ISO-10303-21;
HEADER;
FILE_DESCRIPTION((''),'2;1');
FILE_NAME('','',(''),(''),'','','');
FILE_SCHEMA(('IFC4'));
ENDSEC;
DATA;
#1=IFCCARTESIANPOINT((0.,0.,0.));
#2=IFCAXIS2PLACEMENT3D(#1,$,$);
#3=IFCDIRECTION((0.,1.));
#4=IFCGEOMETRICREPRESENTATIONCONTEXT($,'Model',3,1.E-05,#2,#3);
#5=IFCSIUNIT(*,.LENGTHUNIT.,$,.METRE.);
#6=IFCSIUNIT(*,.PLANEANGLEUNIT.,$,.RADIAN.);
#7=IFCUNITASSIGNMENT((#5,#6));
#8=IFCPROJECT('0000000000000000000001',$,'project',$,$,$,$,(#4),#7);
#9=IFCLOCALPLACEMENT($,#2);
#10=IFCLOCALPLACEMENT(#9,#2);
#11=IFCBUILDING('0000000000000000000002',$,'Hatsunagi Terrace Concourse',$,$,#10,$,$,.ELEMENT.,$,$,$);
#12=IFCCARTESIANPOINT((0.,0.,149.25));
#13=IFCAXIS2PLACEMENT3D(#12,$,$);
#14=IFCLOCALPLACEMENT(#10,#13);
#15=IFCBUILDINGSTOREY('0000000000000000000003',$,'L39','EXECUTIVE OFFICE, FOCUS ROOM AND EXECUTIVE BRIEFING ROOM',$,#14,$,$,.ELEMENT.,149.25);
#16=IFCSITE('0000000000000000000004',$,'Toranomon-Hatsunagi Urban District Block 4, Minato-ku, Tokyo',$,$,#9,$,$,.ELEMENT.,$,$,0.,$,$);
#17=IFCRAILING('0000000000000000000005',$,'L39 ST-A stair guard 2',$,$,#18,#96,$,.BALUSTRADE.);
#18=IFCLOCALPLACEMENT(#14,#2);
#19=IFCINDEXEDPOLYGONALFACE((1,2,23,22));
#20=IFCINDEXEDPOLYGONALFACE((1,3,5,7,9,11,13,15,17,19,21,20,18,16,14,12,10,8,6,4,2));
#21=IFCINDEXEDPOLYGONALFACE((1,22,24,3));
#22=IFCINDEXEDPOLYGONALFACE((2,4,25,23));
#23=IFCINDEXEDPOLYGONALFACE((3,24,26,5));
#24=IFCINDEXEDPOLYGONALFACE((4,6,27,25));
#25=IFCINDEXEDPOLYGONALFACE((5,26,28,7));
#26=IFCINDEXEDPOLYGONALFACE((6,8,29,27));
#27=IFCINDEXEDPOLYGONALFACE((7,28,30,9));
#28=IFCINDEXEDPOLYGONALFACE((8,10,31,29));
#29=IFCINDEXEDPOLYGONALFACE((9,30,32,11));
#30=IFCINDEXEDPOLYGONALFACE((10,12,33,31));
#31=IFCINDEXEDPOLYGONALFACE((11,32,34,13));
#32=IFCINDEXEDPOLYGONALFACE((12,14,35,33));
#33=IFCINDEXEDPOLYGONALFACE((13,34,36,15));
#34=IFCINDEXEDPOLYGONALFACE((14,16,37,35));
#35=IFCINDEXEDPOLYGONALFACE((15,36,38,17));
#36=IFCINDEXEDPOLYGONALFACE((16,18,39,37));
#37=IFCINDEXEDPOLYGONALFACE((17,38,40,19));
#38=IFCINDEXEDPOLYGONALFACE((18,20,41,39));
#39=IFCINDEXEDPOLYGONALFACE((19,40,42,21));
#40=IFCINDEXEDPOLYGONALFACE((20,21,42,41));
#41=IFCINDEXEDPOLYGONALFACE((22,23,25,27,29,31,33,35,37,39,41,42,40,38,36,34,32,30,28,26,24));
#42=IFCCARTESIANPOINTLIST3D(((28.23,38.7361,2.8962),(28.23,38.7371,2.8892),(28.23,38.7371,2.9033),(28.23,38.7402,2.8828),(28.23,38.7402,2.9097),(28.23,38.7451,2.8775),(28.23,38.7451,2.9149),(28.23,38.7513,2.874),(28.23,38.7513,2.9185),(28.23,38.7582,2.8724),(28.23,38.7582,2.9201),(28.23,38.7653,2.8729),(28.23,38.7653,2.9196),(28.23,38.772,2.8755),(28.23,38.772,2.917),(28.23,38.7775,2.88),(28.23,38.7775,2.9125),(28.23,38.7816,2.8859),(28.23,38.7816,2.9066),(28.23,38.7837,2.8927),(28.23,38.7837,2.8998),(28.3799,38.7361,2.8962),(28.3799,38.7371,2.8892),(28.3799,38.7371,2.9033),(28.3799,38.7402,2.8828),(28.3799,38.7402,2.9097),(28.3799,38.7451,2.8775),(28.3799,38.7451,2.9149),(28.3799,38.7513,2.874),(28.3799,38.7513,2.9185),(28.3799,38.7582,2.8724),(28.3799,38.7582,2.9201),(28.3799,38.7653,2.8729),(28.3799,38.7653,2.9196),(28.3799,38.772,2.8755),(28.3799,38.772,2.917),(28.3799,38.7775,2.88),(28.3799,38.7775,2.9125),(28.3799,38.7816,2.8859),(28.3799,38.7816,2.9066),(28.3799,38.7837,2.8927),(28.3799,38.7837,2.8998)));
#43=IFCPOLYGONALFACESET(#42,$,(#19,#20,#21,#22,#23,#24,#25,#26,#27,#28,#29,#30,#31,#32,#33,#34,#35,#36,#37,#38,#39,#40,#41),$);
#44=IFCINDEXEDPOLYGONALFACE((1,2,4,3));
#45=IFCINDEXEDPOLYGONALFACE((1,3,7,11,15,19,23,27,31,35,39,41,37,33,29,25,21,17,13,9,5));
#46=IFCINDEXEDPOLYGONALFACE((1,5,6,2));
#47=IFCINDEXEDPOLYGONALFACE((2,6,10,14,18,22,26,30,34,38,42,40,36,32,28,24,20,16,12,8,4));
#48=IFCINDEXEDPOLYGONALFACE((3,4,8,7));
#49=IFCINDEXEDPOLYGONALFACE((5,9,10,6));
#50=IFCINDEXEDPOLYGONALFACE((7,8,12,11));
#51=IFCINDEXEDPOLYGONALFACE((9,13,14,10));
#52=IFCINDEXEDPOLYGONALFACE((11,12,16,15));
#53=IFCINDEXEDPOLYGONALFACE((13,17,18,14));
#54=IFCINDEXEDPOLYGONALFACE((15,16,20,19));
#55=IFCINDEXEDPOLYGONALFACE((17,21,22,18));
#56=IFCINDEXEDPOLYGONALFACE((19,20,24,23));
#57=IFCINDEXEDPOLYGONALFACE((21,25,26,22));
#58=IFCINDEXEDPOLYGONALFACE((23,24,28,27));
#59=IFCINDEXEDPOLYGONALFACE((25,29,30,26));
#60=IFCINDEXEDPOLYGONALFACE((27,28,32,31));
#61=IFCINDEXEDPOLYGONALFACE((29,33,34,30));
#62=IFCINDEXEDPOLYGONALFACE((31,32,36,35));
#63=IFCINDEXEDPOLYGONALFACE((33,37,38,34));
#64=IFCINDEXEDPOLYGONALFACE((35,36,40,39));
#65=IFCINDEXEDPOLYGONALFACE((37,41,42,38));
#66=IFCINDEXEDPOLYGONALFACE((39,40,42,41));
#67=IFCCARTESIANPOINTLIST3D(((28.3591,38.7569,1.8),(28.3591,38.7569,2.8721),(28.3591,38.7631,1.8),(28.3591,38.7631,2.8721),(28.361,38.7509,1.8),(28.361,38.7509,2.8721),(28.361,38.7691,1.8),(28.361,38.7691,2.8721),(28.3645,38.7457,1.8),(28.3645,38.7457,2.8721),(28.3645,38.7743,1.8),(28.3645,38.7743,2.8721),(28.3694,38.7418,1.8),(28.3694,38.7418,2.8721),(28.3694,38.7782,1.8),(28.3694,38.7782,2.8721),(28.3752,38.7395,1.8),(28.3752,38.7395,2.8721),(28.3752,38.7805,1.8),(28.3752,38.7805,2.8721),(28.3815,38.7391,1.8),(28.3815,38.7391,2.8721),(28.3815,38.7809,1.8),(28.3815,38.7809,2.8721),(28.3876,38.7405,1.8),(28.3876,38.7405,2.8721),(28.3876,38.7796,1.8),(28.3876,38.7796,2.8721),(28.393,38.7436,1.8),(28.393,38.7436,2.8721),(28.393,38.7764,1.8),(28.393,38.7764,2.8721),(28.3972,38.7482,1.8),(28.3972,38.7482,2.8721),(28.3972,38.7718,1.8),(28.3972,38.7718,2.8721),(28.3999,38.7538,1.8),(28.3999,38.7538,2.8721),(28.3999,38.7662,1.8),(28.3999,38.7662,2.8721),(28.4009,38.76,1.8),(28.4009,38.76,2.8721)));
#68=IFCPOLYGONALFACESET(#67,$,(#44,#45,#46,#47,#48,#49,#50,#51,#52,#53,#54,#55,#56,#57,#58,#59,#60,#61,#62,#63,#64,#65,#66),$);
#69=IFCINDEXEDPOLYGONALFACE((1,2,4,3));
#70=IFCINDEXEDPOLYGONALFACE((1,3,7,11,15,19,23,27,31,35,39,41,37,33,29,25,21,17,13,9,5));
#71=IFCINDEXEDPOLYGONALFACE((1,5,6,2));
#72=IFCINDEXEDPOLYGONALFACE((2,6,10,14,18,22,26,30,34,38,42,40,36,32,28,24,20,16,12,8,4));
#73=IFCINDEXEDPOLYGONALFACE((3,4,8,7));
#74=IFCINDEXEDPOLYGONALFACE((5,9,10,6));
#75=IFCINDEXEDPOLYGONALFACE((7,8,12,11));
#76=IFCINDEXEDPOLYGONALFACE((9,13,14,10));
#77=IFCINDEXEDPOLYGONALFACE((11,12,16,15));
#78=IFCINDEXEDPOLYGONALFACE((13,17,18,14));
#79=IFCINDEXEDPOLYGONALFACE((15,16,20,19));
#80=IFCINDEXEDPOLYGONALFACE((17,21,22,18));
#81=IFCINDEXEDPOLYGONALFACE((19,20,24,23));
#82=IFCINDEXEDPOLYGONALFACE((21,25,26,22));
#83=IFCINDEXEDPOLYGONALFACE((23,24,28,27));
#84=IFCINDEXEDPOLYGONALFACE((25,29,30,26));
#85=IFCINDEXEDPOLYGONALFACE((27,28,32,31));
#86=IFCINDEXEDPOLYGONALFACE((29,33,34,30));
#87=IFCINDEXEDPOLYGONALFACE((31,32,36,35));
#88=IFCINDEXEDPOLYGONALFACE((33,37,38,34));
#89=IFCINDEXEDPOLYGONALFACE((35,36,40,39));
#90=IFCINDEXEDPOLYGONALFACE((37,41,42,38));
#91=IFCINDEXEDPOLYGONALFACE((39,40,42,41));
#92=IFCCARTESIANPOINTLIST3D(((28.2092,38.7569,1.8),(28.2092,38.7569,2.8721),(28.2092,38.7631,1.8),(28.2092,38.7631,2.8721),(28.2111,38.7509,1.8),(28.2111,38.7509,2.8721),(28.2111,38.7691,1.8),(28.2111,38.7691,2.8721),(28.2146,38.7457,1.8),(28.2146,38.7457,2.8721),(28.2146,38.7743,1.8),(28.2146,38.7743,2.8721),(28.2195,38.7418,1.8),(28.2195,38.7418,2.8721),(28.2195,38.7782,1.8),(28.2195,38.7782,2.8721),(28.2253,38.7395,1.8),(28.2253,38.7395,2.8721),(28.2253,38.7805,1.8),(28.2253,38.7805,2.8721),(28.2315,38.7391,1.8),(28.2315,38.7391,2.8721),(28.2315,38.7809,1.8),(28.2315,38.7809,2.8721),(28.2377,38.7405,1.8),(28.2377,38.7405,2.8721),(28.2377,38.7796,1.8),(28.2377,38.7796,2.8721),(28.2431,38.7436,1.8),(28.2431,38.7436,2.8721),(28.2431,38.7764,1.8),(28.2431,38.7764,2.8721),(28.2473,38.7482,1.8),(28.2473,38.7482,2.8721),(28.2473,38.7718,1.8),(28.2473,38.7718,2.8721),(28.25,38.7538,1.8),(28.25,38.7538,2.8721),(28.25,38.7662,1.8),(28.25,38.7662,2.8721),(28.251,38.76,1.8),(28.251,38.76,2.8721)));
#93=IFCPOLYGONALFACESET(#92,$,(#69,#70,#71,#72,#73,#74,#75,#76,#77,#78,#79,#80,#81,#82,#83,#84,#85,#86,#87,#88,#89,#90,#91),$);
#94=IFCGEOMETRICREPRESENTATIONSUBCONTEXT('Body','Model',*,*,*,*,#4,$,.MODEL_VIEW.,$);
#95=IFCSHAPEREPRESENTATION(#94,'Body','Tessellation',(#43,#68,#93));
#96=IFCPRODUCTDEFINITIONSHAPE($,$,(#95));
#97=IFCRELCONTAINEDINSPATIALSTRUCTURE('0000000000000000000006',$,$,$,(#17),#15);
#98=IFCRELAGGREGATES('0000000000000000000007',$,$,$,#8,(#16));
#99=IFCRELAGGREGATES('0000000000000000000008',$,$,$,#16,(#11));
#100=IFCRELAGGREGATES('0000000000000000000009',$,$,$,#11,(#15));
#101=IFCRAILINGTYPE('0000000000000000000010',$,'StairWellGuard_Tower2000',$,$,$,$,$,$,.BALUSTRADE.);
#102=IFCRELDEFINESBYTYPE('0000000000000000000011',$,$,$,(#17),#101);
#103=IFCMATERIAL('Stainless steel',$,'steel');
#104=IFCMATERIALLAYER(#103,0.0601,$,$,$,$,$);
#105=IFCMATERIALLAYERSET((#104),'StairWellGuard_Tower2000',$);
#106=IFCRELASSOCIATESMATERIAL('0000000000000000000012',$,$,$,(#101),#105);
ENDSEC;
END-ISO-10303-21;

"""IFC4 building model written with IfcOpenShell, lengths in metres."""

from ifc_helpers import new_model, si_unit, direction, frame, origin, origin_2d, place, context, subcontext, project, spatial, circle, extrude, material, layer, layer_set, type_object, element, save


model = new_model("IFC4")

# Units and contexts
model_context = context("Model", 3, precision=1e-05, world=origin(), true_north=direction((0.0, 1.0)))
body_context = subcontext(model_context, "Body", "Model", "MODEL_VIEW")
ifc_project = project(units=[si_unit("LENGTHUNIT", "METRE"), si_unit("PLANEANGLEUNIT", "RADIAN")], contexts=[model_context])

# Site, building, storey
site_placement = place(None, origin())
site = spatial("IfcSite", under=ifc_project, at=site_placement, Name="Toranomon-Hatsunagi Urban District Block 4, Minato-ku, Tokyo", CompositionType="ELEMENT", RefElevation=0.0)
building_placement = place(site_placement, origin())
building = spatial("IfcBuilding", under=site, at=building_placement, Name="Hatsunagi Terrace Concourse", CompositionType="ELEMENT")
storey_placement = place(building_placement, frame((0.0, 0.0, 149.25)))
storey = spatial("IfcBuildingStorey", under=building, at=storey_placement, Name="L39", Description="EXECUTIVE OFFICE, FOCUS ROOM AND EXECUTIVE BRIEFING ROOM", CompositionType="ELEMENT", Elevation=149.25)

# Railing
ifc_material_1 = material(Name="Stainless steel", Category="steel")
ifc_layer_1 = layer(ifc_material_1, 0.0601)
ifc_layer_set_1 = layer_set([ifc_layer_1], Name="StairWellGuard_Tower2000")
railing_type = type_object("IfcRailingType", Name="StairWellGuard_Tower2000", PredefinedType="BALUSTRADE", material=ifc_layer_set_1)
railing_placement = place(storey_placement, frame((28.3799, 38.76, 1.8)))
element("IfcRailing", 1, at=railing_placement, inside=storey, type_object=railing_type, Name="L39 ST-A stair guard 2", PredefinedType="BALUSTRADE", context=body_context, shape_type="SweptSolid", body=[
    extrude(circle(Radius=0.0239, at=origin_2d()), frame((0.0, 0.0, 1.0962), z_axis=(-1.0, 0.0, 0.0), x_axis=(0.0, -1.0, 0.0)), (0.0, 0.0, 1.0), 0.1499),
    extrude(circle(Radius=0.021, at=origin_2d()), origin(), (0.0, 0.0, 1.0), 1.072),
    extrude(circle(Radius=0.021, at=origin_2d()), frame((-0.1499, 0.0, 0.0)), (0.0, 0.0, 1.0), 1.072),
])

save(model, "model.ifc")
